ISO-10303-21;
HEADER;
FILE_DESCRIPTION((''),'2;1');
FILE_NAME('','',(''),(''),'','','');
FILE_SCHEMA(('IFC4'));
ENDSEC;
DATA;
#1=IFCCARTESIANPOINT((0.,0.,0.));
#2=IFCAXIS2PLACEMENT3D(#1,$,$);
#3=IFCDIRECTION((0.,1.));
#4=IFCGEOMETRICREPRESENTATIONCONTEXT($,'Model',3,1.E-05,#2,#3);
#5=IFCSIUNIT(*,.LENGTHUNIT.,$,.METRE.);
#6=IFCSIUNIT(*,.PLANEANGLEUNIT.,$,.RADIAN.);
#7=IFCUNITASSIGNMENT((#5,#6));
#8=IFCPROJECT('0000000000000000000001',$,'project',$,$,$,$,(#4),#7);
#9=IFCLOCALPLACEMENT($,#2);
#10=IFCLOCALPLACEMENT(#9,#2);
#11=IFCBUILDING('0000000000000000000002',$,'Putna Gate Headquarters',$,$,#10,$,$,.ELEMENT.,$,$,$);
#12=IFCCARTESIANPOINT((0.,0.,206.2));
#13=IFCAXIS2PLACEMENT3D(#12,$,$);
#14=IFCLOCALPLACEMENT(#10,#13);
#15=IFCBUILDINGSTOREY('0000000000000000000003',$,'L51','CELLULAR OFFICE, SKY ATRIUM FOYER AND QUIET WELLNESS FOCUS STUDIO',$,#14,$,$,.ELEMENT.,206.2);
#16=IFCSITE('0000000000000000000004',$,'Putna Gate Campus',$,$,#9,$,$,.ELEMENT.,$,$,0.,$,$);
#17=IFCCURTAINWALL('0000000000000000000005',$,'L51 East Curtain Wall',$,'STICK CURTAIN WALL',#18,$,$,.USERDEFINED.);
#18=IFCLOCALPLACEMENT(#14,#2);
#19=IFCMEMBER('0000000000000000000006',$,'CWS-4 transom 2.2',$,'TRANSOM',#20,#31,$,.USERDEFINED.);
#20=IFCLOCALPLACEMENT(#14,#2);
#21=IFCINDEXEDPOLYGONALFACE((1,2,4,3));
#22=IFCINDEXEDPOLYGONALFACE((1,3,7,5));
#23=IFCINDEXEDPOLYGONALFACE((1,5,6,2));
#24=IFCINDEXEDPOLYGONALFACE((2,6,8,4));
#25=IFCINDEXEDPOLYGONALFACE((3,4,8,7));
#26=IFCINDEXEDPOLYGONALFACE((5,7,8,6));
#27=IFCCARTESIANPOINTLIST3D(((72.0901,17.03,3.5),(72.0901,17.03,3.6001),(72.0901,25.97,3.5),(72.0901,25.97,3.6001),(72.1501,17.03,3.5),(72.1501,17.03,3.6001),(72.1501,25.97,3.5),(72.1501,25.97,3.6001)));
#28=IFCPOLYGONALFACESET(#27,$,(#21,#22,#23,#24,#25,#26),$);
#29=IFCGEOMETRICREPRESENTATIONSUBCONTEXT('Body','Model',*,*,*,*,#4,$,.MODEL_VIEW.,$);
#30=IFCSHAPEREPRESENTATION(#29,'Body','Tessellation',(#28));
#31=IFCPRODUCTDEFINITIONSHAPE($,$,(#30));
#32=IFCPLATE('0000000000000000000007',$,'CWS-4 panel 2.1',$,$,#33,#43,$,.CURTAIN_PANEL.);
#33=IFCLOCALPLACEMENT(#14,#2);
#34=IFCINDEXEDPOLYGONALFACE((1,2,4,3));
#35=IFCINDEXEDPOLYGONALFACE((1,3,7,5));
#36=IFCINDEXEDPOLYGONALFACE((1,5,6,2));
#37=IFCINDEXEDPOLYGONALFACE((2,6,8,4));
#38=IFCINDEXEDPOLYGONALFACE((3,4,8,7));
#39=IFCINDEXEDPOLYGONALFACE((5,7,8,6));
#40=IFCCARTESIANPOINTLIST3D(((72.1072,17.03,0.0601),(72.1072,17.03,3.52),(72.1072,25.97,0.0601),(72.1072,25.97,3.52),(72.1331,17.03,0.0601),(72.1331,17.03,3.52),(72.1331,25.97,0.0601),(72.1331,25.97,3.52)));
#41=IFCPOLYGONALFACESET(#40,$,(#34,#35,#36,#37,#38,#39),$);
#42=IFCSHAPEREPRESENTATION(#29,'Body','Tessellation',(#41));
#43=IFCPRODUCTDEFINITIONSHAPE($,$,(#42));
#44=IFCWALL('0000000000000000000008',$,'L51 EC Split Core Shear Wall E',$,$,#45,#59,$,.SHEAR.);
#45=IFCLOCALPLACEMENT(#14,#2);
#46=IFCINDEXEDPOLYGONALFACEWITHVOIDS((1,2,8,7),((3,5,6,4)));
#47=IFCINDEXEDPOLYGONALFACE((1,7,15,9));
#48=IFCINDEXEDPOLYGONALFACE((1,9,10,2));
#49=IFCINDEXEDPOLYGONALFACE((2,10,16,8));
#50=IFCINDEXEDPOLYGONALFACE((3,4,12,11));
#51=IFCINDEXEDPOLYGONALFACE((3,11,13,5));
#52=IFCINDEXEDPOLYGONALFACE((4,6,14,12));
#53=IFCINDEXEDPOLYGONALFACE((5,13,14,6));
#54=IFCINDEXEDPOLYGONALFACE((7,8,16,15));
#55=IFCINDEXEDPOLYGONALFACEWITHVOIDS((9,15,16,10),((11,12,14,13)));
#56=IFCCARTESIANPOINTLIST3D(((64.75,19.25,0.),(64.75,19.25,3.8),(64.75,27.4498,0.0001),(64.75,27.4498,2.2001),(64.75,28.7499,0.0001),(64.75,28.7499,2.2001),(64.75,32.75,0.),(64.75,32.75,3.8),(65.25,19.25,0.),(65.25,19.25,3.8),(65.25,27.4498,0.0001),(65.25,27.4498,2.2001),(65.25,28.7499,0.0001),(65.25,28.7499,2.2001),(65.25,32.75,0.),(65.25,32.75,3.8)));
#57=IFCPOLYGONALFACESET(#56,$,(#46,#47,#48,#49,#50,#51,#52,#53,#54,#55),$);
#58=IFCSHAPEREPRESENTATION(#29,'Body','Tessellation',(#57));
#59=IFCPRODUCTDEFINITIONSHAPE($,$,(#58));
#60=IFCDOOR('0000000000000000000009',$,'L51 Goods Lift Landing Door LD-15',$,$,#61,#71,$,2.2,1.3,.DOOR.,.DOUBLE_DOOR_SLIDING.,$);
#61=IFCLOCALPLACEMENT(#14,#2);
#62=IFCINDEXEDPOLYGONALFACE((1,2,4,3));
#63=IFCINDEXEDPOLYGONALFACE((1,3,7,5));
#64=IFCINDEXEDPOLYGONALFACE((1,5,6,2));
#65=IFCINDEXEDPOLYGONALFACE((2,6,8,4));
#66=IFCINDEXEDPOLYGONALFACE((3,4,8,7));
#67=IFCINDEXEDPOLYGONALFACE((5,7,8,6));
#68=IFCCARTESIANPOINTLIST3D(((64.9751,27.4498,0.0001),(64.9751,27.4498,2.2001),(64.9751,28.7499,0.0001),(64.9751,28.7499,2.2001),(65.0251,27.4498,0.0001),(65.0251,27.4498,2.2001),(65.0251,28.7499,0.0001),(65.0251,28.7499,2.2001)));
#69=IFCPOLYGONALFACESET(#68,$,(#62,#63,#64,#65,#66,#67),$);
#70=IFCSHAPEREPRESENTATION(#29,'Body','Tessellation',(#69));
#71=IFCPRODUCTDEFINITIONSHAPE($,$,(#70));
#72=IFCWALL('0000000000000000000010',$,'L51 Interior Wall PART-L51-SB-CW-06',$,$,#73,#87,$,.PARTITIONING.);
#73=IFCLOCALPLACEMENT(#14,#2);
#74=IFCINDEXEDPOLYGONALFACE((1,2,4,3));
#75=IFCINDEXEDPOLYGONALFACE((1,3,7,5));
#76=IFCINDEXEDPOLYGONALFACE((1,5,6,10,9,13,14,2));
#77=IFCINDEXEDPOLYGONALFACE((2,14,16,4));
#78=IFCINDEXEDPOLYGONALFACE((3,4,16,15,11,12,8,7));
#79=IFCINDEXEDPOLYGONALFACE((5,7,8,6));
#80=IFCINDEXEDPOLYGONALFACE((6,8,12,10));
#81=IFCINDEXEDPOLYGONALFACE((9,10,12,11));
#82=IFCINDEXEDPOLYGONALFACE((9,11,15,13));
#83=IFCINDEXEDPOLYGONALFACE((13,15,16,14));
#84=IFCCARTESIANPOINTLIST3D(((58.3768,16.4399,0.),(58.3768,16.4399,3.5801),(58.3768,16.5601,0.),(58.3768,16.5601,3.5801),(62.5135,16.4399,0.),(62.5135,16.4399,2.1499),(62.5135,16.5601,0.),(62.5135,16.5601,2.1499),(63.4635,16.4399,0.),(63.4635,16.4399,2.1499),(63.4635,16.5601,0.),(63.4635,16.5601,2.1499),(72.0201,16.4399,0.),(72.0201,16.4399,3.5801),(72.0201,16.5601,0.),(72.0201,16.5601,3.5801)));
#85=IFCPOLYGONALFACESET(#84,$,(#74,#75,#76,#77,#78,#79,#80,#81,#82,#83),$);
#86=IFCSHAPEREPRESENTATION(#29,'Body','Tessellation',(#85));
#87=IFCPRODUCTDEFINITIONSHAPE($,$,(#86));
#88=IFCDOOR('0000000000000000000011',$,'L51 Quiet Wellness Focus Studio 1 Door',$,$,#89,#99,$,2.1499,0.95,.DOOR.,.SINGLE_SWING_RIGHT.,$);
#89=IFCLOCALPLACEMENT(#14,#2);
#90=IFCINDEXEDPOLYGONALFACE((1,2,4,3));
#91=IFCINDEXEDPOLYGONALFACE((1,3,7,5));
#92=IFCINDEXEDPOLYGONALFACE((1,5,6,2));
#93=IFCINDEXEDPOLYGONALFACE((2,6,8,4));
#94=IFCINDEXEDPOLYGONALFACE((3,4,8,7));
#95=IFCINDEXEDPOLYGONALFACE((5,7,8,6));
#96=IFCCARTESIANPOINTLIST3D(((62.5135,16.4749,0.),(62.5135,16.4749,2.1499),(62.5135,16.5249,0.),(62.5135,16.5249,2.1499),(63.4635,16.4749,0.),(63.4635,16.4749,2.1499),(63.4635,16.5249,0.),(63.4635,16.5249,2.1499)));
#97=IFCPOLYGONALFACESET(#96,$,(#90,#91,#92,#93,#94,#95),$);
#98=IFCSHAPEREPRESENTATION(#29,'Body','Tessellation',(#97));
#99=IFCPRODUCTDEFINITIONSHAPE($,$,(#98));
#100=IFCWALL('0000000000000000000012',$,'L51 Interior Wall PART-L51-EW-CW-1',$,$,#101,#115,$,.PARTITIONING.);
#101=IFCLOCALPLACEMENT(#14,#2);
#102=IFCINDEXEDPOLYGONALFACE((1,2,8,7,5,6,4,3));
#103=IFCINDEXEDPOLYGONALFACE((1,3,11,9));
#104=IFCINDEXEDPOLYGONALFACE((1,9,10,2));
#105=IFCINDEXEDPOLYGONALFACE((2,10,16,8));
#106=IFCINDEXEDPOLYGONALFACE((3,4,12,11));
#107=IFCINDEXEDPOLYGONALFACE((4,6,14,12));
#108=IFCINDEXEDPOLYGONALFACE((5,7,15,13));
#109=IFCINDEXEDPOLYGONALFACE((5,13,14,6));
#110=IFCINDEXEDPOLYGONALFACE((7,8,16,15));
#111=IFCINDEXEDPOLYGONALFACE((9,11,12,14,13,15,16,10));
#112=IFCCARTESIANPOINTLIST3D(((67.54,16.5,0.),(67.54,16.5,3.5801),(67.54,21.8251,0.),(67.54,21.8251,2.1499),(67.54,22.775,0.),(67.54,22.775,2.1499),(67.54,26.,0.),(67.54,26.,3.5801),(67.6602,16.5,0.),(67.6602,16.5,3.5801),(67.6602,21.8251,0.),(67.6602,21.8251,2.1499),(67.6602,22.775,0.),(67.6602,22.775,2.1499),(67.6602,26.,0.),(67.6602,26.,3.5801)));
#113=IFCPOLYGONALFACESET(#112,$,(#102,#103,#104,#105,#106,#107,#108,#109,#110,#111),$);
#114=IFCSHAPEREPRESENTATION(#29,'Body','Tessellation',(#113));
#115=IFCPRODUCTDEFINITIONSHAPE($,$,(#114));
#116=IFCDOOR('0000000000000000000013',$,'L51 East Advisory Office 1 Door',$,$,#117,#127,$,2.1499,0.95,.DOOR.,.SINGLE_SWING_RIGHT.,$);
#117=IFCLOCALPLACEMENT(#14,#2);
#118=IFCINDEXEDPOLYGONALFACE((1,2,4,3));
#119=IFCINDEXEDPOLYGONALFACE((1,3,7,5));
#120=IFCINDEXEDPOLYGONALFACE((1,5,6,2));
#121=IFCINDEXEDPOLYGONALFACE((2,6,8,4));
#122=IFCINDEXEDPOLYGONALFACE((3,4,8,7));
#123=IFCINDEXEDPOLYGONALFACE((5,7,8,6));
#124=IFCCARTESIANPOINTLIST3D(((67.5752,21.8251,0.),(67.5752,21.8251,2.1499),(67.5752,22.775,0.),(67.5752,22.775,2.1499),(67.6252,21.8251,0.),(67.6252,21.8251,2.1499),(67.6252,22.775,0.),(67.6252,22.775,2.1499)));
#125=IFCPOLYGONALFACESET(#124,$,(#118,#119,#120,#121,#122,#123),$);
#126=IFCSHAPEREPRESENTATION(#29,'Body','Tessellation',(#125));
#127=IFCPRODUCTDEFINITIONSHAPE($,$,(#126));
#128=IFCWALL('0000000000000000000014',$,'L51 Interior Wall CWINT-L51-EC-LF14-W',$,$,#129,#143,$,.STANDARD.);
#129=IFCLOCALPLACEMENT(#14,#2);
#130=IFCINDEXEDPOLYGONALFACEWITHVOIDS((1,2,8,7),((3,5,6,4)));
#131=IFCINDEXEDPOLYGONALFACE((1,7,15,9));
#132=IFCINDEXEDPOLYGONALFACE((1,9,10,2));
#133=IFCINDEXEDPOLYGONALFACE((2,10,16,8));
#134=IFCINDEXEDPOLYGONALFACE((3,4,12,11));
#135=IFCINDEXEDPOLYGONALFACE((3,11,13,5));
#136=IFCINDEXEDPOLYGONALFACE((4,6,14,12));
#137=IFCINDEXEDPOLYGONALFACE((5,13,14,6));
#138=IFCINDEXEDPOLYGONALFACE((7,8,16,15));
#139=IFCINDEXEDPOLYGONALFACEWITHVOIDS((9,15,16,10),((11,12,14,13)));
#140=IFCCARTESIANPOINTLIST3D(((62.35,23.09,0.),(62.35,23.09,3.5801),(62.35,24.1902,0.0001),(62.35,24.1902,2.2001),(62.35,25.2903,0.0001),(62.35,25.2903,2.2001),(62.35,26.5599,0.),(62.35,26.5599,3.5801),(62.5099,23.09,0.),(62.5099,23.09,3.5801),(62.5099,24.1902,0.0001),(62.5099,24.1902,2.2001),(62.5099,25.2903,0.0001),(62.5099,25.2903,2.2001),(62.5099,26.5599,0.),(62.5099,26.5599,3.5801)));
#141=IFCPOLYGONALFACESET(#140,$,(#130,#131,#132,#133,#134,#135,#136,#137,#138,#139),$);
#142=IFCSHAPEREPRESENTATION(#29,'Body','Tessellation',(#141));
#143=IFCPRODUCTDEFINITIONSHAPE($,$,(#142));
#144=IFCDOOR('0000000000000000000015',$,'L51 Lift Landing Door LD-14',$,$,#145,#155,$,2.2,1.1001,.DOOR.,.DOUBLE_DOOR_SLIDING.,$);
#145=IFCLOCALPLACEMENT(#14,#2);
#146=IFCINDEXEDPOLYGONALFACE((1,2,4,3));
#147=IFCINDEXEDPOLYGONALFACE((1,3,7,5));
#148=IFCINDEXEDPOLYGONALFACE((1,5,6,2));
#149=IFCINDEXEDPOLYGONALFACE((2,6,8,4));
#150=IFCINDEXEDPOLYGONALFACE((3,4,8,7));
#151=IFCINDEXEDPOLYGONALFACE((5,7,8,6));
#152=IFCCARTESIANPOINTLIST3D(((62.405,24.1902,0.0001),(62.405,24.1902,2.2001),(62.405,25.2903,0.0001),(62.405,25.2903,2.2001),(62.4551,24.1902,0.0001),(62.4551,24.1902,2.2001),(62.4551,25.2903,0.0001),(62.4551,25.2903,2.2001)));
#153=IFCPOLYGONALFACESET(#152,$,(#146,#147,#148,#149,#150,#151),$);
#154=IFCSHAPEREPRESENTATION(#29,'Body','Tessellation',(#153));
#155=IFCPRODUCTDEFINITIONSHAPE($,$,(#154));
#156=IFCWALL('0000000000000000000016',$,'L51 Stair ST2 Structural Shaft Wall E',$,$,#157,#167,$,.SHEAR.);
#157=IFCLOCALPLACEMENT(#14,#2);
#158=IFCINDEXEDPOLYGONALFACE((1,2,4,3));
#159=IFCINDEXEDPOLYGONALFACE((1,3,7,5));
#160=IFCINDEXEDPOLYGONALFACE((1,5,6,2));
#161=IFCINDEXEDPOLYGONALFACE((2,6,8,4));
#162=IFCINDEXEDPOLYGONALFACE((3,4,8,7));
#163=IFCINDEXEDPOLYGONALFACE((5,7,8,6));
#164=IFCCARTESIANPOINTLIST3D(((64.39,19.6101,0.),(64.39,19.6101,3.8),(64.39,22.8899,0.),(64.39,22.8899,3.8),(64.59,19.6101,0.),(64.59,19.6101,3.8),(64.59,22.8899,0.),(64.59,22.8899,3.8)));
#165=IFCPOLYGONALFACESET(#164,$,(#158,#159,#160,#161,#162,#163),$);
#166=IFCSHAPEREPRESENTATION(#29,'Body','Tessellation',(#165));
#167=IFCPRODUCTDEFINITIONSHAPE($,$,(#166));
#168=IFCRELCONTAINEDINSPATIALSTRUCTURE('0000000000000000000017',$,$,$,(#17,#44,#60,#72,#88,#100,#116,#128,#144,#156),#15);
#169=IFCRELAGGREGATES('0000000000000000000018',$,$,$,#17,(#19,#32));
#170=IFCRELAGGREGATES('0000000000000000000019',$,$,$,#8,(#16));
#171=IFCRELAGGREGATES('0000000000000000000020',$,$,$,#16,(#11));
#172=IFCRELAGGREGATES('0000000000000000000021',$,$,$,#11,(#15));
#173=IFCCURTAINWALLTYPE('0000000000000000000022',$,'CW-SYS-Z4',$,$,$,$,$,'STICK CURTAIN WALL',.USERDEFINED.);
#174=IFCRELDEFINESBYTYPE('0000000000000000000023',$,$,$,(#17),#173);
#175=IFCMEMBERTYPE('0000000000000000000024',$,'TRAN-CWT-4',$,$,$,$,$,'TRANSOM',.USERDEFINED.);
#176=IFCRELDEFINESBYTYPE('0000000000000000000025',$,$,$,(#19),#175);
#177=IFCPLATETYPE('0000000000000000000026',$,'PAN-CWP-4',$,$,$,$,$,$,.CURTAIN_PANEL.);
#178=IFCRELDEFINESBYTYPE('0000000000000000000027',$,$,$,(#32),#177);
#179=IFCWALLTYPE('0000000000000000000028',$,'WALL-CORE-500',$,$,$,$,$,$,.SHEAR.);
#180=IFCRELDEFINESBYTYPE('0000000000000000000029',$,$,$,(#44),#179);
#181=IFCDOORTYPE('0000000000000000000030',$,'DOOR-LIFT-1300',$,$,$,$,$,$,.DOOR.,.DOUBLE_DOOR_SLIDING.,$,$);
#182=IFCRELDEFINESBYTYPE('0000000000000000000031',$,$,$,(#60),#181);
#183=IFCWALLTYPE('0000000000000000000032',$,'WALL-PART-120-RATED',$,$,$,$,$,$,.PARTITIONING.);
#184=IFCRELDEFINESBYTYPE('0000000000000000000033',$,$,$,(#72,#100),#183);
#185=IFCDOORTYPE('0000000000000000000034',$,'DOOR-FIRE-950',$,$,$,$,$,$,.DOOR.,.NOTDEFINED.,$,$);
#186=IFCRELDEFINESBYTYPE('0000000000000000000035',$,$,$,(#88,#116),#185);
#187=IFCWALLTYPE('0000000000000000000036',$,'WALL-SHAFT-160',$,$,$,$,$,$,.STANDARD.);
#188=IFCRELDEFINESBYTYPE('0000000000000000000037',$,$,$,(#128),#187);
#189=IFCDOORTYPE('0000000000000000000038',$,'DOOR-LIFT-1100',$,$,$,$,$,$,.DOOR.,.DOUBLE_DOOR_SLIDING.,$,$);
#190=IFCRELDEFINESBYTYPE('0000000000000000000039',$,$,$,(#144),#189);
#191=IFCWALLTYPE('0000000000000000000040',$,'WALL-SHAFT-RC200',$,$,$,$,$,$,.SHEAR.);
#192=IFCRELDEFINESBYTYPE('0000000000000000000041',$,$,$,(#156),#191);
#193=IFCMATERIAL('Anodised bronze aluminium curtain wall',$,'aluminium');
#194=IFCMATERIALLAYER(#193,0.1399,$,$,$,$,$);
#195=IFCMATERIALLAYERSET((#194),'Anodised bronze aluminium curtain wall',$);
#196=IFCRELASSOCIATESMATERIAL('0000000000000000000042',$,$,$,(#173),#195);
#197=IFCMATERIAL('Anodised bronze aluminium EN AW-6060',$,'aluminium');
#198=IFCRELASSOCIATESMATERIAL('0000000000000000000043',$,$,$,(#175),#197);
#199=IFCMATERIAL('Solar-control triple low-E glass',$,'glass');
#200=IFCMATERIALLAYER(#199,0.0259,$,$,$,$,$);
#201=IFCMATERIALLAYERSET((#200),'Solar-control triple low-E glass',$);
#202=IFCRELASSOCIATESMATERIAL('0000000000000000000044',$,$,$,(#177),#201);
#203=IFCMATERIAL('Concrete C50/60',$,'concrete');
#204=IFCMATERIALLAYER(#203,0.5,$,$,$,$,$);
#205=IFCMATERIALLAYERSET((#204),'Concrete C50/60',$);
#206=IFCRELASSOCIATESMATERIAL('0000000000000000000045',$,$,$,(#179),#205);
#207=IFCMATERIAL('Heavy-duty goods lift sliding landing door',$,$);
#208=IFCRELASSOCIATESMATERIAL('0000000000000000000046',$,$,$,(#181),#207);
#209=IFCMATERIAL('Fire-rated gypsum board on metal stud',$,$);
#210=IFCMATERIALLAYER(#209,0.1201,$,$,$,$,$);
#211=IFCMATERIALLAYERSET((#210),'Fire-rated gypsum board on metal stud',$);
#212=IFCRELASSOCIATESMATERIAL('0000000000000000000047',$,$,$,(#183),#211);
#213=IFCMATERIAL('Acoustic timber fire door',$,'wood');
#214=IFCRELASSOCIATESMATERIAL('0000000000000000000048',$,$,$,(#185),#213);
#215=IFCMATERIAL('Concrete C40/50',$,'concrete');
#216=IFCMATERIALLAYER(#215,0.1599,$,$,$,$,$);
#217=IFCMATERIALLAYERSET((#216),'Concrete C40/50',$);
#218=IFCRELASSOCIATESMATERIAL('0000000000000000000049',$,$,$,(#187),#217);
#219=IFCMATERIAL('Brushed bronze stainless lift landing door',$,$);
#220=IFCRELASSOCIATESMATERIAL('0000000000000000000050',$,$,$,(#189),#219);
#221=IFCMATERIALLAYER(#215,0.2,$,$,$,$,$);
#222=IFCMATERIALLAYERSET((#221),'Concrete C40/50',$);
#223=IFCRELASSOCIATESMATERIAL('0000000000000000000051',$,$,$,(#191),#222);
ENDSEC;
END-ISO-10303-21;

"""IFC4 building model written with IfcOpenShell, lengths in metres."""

from ifc_helpers import new_model, si_unit, direction, frame, frame_2d, origin, origin_2d, place, context, subcontext, project, spatial, rectangle, extrude, material, layer, layer_set, material_profile, profile_set, type_object, element, fill, aggregate, save


model = new_model("IFC4")

# Units and contexts
model_context = context("Model", 3, precision=1e-05, world=origin(), true_north=direction((0.0, 1.0)))
body_context = subcontext(model_context, "Body", "Model", "MODEL_VIEW")
ifc_project = project(units=[si_unit("LENGTHUNIT", "METRE"), si_unit("PLANEANGLEUNIT", "RADIAN")], contexts=[model_context])

# Site, building, storey
site_placement = place(None, origin())
site = spatial("IfcSite", under=ifc_project, at=site_placement, Name="Putna Gate Campus", CompositionType="ELEMENT", RefElevation=0.0)
building_placement = place(site_placement, origin())
building = spatial("IfcBuilding", under=site, at=building_placement, Name="Putna Gate Headquarters", CompositionType="ELEMENT")
storey_placement = place(building_placement, frame((0.0, 0.0, 206.2)))
storey = spatial("IfcBuildingStorey", under=building, at=storey_placement, Name="L51", Description="CELLULAR OFFICE, SKY ATRIUM FOYER AND QUIET WELLNESS FOCUS STUDIO", CompositionType="ELEMENT", Elevation=206.2)

# Curtain wall, member, plate
ifc_material_1 = material(Name="Anodised bronze aluminium curtain wall", Category="aluminium")
ifc_layer_1 = layer(ifc_material_1, 0.1399)
ifc_layer_set_1 = layer_set([ifc_layer_1], Name="Anodised bronze aluminium curtain wall")
curtain_wall_type = type_object("IfcCurtainWallType", Name="CW-SYS-Z4", ElementType="STICK CURTAIN WALL", PredefinedType="USERDEFINED", material=ifc_layer_set_1)
curtain_wall_placement = place(storey_placement, origin())
curtain_wall = element("IfcCurtainWall", 1, at=curtain_wall_placement, inside=storey, type_object=curtain_wall_type, Name="L51 East Curtain Wall", ObjectType="STICK CURTAIN WALL", PredefinedType="USERDEFINED")
ifc_material_2 = material(Name="Anodised bronze aluminium EN AW-6060", Category="aluminium")
ifc_material_profile_1 = material_profile(ifc_material_2, rectangle(XDim=0.0601, YDim=0.1001, at=origin_2d()), Name="Anodised bronze aluminium EN AW-6060")
ifc_profile_set_1 = profile_set([ifc_material_profile_1], Name="Anodised bronze aluminium EN AW-6060")
member_type_1 = type_object("IfcMemberType", Name="TRAN-CWT-4", ElementType="TRANSOM", PredefinedType="USERDEFINED", material=ifc_profile_set_1)
member_1_placement = place(storey_placement, frame((72.1201, 17.03, 3.55), z_axis=(0.0, 1.0, 0.0), x_axis=(-1.0, 0.0, 0.0)))
member_1 = element("IfcMember", 2, at=member_1_placement, type_object=member_type_1, Name="CWS-4 transom 2.2", ObjectType="TRANSOM", PredefinedType="USERDEFINED", context=body_context, shape_type="SweptSolid", body=[
    extrude(rectangle(XDim=0.0601, YDim=0.1001, at=origin_2d()), origin(), (0.0, 0.0, 1.0), 8.9399),
])
ifc_material_3 = material(Name="Solar-control triple low-E glass", Category="glass")
ifc_layer_2 = layer(ifc_material_3, 0.0259)
ifc_layer_set_2 = layer_set([ifc_layer_2], Name="Solar-control triple low-E glass")
plate_type = type_object("IfcPlateType", Name="PAN-CWP-4", PredefinedType="CURTAIN_PANEL", material=ifc_layer_set_2)
plate_placement = place(storey_placement, frame((72.1201, 21.5, 0.0601), z_axis=(0.0, 0.0, 1.0), x_axis=(0.0, 1.0, 0.0)))
plate = element("IfcPlate", 3, at=plate_placement, type_object=plate_type, Name="CWS-4 panel 2.1", PredefinedType="CURTAIN_PANEL", context=body_context, shape_type="SweptSolid", body=[
    extrude(rectangle(XDim=8.9399, YDim=0.0259, at=origin_2d()), origin(), (0.0, 0.0, 1.0), 3.46),
])
aggregate(curtain_wall, [member_1, plate])

# Walls, openings, doors
ifc_material_4 = material(Name="Concrete C50/60", Category="concrete")
ifc_layer_3 = layer(ifc_material_4, 0.5)
ifc_layer_set_3 = layer_set([ifc_layer_3], Name="Concrete C50/60")
wall_type_1 = type_object("IfcWallType", Name="WALL-CORE-500", PredefinedType="SHEAR", material=ifc_layer_set_3)
wall_1_placement = place(storey_placement, frame((65.0, 19.25, 0.0), z_axis=(0.0, 0.0, 1.0), x_axis=(0.0, 1.0, 0.0)))
wall_1 = element("IfcWall", 4, at=wall_1_placement, inside=storey, type_object=wall_type_1, Name="L51 EC Split Core Shear Wall E", PredefinedType="SHEAR", context=body_context, shape_type="SweptSolid", body=[
    extrude(rectangle(XDim=13.5, YDim=0.5, at=frame_2d((6.75, 0.0))), origin(), (0.0, 0.0, 1.0), 3.8),
])
opening_1_placement = place(wall_1_placement, frame((8.2, 0.0, 0.0)))
opening_1 = element("IfcOpeningElement", 5, at=opening_1_placement, cuts=wall_1, PredefinedType="OPENING", context=body_context, shape_type="SweptSolid", body=[
    extrude(rectangle(XDim=1.3, YDim=2.2, at=frame_2d((0.6499, 1.1001))), frame((0.0, 0.26, 0.0), z_axis=(0.0, -1.0, 0.0), x_axis=(1.0, 0.0, 0.0)), (0.0, 0.0, 1.0), 0.52),
])
ifc_material_5 = material(Name="Heavy-duty goods lift sliding landing door")
door_type_1 = type_object("IfcDoorType", Name="DOOR-LIFT-1300", OperationType="DOUBLE_DOOR_SLIDING", PredefinedType="DOOR", material=ifc_material_5)
door_1_placement = place(opening_1_placement, origin())
door_1 = element("IfcDoor", 6, at=door_1_placement, inside=storey, type_object=door_type_1, Name="L51 Goods Lift Landing Door LD-15", OperationType="DOUBLE_DOOR_SLIDING", OverallHeight=2.2, OverallWidth=1.3, PredefinedType="DOOR", context=body_context, shape_type="SweptSolid", body=[
    extrude(rectangle(XDim=1.3, YDim=2.2, at=frame_2d((0.6499, 1.1001))), frame((0.0, 0.0249, 0.0), z_axis=(0.0, -1.0, 0.0), x_axis=(1.0, 0.0, 0.0)), (0.0, 0.0, 1.0), 0.05),
])
fill(opening_1, door_1)
ifc_material_6 = material(Name="Fire-rated gypsum board on metal stud")
ifc_layer_4 = layer(ifc_material_6, 0.1201)
ifc_layer_set_4 = layer_set([ifc_layer_4], Name="Fire-rated gypsum board on metal stud")
wall_type_2 = type_object("IfcWallType", Name="WALL-PART-120-RATED", PredefinedType="PARTITIONING", material=ifc_layer_set_4)
wall_2_placement = place(storey_placement, frame((58.3767, 16.5, 0.0), z_axis=(0.0, 0.0, 1.0), x_axis=(1.0, 0.0, 0.0)))
wall_2 = element("IfcWall", 7, at=wall_2_placement, inside=storey, type_object=wall_type_2, Name="L51 Interior Wall PART-L51-SB-CW-06", PredefinedType="PARTITIONING", context=body_context, shape_type="SweptSolid", body=[
    extrude(rectangle(XDim=13.6433, YDim=0.1201, at=frame_2d((6.8218, 0.0))), origin(), (0.0, 0.0, 1.0), 3.5801),
])
opening_2_placement = place(wall_2_placement, frame((4.1367, 0.0, 0.0)))
opening_2 = element("IfcOpeningElement", 8, at=opening_2_placement, cuts=wall_2, PredefinedType="OPENING", context=body_context, shape_type="SweptSolid", body=[
    extrude(rectangle(XDim=0.95, YDim=2.1499, at=frame_2d((0.4751, 1.075))), frame((0.0, 0.0701, 0.0), z_axis=(0.0, -1.0, 0.0), x_axis=(1.0, 0.0, 0.0)), (0.0, 0.0, 1.0), 0.1401),
])
ifc_material_7 = material(Name="Acoustic timber fire door", Category="wood")
door_type_2 = type_object("IfcDoorType", Name="DOOR-FIRE-950", OperationType="NOTDEFINED", PredefinedType="DOOR", material=ifc_material_7)
door_2_placement = place(opening_2_placement, origin())
door_2 = element("IfcDoor", 9, at=door_2_placement, inside=storey, type_object=door_type_2, Name="L51 Quiet Wellness Focus Studio 1 Door", OperationType="SINGLE_SWING_RIGHT", OverallHeight=2.1499, OverallWidth=0.95, PredefinedType="DOOR", context=body_context, shape_type="SweptSolid", body=[
    extrude(rectangle(XDim=0.95, YDim=2.1499, at=frame_2d((0.4751, 1.075))), frame((0.0, 0.0249, 0.0), z_axis=(0.0, -1.0, 0.0), x_axis=(1.0, 0.0, 0.0)), (0.0, 0.0, 1.0), 0.05),
])
fill(opening_2, door_2)
wall_3_placement = place(storey_placement, frame((67.6001, 16.5, 0.0), z_axis=(0.0, 0.0, 1.0), x_axis=(0.0, 1.0, 0.0)))
wall_3 = element("IfcWall", 10, at=wall_3_placement, inside=storey, type_object=wall_type_2, Name="L51 Interior Wall PART-L51-EW-CW-1", PredefinedType="PARTITIONING", context=body_context, shape_type="SweptSolid", body=[
    extrude(rectangle(XDim=9.5, YDim=0.1201, at=frame_2d((4.75, 0.0))), origin(), (0.0, 0.0, 1.0), 3.5801),
])
opening_3_placement = place(wall_3_placement, frame((5.325, 0.0, 0.0)))
opening_3 = element("IfcOpeningElement", 11, at=opening_3_placement, cuts=wall_3, PredefinedType="OPENING", context=body_context, shape_type="SweptSolid", body=[
    extrude(rectangle(XDim=0.95, YDim=2.1499, at=frame_2d((0.4751, 1.075))), frame((0.0, 0.0701, 0.0), z_axis=(0.0, -1.0, 0.0), x_axis=(1.0, 0.0, 0.0)), (0.0, 0.0, 1.0), 0.1401),
])
door_3_placement = place(opening_3_placement, origin())
door_3 = element("IfcDoor", 12, at=door_3_placement, inside=storey, type_object=door_type_2, Name="L51 East Advisory Office 1 Door", OperationType="SINGLE_SWING_RIGHT", OverallHeight=2.1499, OverallWidth=0.95, PredefinedType="DOOR", context=body_context, shape_type="SweptSolid", body=[
    extrude(rectangle(XDim=0.95, YDim=2.1499, at=frame_2d((0.4751, 1.075))), frame((0.0, 0.0249, 0.0), z_axis=(0.0, -1.0, 0.0), x_axis=(1.0, 0.0, 0.0)), (0.0, 0.0, 1.0), 0.05),
])
fill(opening_3, door_3)
ifc_material_8 = material(Name="Concrete C40/50", Category="concrete")
ifc_layer_5 = layer(ifc_material_8, 0.1599)
ifc_layer_set_5 = layer_set([ifc_layer_5], Name="Concrete C40/50")
wall_type_3 = type_object("IfcWallType", Name="WALL-SHAFT-160", PredefinedType="STANDARD", material=ifc_layer_set_5)
wall_4_placement = place(storey_placement, frame((62.4299, 23.0901, 0.0), z_axis=(0.0, 0.0, 1.0), x_axis=(0.0, 1.0, 0.0)))
wall_4 = element("IfcWall", 13, at=wall_4_placement, inside=storey, type_object=wall_type_3, Name="L51 Interior Wall CWINT-L51-EC-LF14-W", PredefinedType="STANDARD", context=body_context, shape_type="SweptSolid", body=[
    extrude(rectangle(XDim=3.47, YDim=0.1599, at=frame_2d((1.7349, 0.0))), origin(), (0.0, 0.0, 1.0), 3.5801),
])
opening_4_placement = place(wall_4_placement, frame((1.1001, 0.0, 0.0)))
opening_4 = element("IfcOpeningElement", 14, at=opening_4_placement, cuts=wall_4, PredefinedType="OPENING", context=body_context, shape_type="SweptSolid", body=[
    extrude(rectangle(XDim=1.1001, YDim=2.2, at=frame_2d((0.55, 1.1001))), frame((0.0, 0.0898, 0.0), z_axis=(0.0, -1.0, 0.0), x_axis=(1.0, 0.0, 0.0)), (0.0, 0.0, 1.0), 0.1799),
])
ifc_material_9 = material(Name="Brushed bronze stainless lift landing door")
door_type_3 = type_object("IfcDoorType", Name="DOOR-LIFT-1100", OperationType="DOUBLE_DOOR_SLIDING", PredefinedType="DOOR", material=ifc_material_9)
door_4_placement = place(opening_4_placement, origin())
door_4 = element("IfcDoor", 15, at=door_4_placement, inside=storey, type_object=door_type_3, Name="L51 Lift Landing Door LD-14", OperationType="DOUBLE_DOOR_SLIDING", OverallHeight=2.2, OverallWidth=1.1001, PredefinedType="DOOR", context=body_context, shape_type="SweptSolid", body=[
    extrude(rectangle(XDim=1.1001, YDim=2.2, at=frame_2d((0.55, 1.1001))), frame((0.0, 0.0249, 0.0), z_axis=(0.0, -1.0, 0.0), x_axis=(1.0, 0.0, 0.0)), (0.0, 0.0, 1.0), 0.05),
])
fill(opening_4, door_4)

# Wall
ifc_layer_6 = layer(ifc_material_8, 0.2)
ifc_layer_set_6 = layer_set([ifc_layer_6], Name="Concrete C40/50")
wall_type_4 = type_object("IfcWallType", Name="WALL-SHAFT-RC200", PredefinedType="SHEAR", material=ifc_layer_set_6)
wall_5_placement = place(storey_placement, frame((64.49, 19.6101, 0.0), z_axis=(0.0, 0.0, 1.0), x_axis=(0.0, 1.0, 0.0)))
element("IfcWall", 16, at=wall_5_placement, inside=storey, type_object=wall_type_4, Name="L51 Stair ST2 Structural Shaft Wall E", PredefinedType="SHEAR", context=body_context, shape_type="SweptSolid", body=[
    extrude(rectangle(XDim=3.2798, YDim=0.2, at=frame_2d((1.6399, 0.0))), origin(), (0.0, 0.0, 1.0), 3.8),
])

save(model, "model.ifc")
